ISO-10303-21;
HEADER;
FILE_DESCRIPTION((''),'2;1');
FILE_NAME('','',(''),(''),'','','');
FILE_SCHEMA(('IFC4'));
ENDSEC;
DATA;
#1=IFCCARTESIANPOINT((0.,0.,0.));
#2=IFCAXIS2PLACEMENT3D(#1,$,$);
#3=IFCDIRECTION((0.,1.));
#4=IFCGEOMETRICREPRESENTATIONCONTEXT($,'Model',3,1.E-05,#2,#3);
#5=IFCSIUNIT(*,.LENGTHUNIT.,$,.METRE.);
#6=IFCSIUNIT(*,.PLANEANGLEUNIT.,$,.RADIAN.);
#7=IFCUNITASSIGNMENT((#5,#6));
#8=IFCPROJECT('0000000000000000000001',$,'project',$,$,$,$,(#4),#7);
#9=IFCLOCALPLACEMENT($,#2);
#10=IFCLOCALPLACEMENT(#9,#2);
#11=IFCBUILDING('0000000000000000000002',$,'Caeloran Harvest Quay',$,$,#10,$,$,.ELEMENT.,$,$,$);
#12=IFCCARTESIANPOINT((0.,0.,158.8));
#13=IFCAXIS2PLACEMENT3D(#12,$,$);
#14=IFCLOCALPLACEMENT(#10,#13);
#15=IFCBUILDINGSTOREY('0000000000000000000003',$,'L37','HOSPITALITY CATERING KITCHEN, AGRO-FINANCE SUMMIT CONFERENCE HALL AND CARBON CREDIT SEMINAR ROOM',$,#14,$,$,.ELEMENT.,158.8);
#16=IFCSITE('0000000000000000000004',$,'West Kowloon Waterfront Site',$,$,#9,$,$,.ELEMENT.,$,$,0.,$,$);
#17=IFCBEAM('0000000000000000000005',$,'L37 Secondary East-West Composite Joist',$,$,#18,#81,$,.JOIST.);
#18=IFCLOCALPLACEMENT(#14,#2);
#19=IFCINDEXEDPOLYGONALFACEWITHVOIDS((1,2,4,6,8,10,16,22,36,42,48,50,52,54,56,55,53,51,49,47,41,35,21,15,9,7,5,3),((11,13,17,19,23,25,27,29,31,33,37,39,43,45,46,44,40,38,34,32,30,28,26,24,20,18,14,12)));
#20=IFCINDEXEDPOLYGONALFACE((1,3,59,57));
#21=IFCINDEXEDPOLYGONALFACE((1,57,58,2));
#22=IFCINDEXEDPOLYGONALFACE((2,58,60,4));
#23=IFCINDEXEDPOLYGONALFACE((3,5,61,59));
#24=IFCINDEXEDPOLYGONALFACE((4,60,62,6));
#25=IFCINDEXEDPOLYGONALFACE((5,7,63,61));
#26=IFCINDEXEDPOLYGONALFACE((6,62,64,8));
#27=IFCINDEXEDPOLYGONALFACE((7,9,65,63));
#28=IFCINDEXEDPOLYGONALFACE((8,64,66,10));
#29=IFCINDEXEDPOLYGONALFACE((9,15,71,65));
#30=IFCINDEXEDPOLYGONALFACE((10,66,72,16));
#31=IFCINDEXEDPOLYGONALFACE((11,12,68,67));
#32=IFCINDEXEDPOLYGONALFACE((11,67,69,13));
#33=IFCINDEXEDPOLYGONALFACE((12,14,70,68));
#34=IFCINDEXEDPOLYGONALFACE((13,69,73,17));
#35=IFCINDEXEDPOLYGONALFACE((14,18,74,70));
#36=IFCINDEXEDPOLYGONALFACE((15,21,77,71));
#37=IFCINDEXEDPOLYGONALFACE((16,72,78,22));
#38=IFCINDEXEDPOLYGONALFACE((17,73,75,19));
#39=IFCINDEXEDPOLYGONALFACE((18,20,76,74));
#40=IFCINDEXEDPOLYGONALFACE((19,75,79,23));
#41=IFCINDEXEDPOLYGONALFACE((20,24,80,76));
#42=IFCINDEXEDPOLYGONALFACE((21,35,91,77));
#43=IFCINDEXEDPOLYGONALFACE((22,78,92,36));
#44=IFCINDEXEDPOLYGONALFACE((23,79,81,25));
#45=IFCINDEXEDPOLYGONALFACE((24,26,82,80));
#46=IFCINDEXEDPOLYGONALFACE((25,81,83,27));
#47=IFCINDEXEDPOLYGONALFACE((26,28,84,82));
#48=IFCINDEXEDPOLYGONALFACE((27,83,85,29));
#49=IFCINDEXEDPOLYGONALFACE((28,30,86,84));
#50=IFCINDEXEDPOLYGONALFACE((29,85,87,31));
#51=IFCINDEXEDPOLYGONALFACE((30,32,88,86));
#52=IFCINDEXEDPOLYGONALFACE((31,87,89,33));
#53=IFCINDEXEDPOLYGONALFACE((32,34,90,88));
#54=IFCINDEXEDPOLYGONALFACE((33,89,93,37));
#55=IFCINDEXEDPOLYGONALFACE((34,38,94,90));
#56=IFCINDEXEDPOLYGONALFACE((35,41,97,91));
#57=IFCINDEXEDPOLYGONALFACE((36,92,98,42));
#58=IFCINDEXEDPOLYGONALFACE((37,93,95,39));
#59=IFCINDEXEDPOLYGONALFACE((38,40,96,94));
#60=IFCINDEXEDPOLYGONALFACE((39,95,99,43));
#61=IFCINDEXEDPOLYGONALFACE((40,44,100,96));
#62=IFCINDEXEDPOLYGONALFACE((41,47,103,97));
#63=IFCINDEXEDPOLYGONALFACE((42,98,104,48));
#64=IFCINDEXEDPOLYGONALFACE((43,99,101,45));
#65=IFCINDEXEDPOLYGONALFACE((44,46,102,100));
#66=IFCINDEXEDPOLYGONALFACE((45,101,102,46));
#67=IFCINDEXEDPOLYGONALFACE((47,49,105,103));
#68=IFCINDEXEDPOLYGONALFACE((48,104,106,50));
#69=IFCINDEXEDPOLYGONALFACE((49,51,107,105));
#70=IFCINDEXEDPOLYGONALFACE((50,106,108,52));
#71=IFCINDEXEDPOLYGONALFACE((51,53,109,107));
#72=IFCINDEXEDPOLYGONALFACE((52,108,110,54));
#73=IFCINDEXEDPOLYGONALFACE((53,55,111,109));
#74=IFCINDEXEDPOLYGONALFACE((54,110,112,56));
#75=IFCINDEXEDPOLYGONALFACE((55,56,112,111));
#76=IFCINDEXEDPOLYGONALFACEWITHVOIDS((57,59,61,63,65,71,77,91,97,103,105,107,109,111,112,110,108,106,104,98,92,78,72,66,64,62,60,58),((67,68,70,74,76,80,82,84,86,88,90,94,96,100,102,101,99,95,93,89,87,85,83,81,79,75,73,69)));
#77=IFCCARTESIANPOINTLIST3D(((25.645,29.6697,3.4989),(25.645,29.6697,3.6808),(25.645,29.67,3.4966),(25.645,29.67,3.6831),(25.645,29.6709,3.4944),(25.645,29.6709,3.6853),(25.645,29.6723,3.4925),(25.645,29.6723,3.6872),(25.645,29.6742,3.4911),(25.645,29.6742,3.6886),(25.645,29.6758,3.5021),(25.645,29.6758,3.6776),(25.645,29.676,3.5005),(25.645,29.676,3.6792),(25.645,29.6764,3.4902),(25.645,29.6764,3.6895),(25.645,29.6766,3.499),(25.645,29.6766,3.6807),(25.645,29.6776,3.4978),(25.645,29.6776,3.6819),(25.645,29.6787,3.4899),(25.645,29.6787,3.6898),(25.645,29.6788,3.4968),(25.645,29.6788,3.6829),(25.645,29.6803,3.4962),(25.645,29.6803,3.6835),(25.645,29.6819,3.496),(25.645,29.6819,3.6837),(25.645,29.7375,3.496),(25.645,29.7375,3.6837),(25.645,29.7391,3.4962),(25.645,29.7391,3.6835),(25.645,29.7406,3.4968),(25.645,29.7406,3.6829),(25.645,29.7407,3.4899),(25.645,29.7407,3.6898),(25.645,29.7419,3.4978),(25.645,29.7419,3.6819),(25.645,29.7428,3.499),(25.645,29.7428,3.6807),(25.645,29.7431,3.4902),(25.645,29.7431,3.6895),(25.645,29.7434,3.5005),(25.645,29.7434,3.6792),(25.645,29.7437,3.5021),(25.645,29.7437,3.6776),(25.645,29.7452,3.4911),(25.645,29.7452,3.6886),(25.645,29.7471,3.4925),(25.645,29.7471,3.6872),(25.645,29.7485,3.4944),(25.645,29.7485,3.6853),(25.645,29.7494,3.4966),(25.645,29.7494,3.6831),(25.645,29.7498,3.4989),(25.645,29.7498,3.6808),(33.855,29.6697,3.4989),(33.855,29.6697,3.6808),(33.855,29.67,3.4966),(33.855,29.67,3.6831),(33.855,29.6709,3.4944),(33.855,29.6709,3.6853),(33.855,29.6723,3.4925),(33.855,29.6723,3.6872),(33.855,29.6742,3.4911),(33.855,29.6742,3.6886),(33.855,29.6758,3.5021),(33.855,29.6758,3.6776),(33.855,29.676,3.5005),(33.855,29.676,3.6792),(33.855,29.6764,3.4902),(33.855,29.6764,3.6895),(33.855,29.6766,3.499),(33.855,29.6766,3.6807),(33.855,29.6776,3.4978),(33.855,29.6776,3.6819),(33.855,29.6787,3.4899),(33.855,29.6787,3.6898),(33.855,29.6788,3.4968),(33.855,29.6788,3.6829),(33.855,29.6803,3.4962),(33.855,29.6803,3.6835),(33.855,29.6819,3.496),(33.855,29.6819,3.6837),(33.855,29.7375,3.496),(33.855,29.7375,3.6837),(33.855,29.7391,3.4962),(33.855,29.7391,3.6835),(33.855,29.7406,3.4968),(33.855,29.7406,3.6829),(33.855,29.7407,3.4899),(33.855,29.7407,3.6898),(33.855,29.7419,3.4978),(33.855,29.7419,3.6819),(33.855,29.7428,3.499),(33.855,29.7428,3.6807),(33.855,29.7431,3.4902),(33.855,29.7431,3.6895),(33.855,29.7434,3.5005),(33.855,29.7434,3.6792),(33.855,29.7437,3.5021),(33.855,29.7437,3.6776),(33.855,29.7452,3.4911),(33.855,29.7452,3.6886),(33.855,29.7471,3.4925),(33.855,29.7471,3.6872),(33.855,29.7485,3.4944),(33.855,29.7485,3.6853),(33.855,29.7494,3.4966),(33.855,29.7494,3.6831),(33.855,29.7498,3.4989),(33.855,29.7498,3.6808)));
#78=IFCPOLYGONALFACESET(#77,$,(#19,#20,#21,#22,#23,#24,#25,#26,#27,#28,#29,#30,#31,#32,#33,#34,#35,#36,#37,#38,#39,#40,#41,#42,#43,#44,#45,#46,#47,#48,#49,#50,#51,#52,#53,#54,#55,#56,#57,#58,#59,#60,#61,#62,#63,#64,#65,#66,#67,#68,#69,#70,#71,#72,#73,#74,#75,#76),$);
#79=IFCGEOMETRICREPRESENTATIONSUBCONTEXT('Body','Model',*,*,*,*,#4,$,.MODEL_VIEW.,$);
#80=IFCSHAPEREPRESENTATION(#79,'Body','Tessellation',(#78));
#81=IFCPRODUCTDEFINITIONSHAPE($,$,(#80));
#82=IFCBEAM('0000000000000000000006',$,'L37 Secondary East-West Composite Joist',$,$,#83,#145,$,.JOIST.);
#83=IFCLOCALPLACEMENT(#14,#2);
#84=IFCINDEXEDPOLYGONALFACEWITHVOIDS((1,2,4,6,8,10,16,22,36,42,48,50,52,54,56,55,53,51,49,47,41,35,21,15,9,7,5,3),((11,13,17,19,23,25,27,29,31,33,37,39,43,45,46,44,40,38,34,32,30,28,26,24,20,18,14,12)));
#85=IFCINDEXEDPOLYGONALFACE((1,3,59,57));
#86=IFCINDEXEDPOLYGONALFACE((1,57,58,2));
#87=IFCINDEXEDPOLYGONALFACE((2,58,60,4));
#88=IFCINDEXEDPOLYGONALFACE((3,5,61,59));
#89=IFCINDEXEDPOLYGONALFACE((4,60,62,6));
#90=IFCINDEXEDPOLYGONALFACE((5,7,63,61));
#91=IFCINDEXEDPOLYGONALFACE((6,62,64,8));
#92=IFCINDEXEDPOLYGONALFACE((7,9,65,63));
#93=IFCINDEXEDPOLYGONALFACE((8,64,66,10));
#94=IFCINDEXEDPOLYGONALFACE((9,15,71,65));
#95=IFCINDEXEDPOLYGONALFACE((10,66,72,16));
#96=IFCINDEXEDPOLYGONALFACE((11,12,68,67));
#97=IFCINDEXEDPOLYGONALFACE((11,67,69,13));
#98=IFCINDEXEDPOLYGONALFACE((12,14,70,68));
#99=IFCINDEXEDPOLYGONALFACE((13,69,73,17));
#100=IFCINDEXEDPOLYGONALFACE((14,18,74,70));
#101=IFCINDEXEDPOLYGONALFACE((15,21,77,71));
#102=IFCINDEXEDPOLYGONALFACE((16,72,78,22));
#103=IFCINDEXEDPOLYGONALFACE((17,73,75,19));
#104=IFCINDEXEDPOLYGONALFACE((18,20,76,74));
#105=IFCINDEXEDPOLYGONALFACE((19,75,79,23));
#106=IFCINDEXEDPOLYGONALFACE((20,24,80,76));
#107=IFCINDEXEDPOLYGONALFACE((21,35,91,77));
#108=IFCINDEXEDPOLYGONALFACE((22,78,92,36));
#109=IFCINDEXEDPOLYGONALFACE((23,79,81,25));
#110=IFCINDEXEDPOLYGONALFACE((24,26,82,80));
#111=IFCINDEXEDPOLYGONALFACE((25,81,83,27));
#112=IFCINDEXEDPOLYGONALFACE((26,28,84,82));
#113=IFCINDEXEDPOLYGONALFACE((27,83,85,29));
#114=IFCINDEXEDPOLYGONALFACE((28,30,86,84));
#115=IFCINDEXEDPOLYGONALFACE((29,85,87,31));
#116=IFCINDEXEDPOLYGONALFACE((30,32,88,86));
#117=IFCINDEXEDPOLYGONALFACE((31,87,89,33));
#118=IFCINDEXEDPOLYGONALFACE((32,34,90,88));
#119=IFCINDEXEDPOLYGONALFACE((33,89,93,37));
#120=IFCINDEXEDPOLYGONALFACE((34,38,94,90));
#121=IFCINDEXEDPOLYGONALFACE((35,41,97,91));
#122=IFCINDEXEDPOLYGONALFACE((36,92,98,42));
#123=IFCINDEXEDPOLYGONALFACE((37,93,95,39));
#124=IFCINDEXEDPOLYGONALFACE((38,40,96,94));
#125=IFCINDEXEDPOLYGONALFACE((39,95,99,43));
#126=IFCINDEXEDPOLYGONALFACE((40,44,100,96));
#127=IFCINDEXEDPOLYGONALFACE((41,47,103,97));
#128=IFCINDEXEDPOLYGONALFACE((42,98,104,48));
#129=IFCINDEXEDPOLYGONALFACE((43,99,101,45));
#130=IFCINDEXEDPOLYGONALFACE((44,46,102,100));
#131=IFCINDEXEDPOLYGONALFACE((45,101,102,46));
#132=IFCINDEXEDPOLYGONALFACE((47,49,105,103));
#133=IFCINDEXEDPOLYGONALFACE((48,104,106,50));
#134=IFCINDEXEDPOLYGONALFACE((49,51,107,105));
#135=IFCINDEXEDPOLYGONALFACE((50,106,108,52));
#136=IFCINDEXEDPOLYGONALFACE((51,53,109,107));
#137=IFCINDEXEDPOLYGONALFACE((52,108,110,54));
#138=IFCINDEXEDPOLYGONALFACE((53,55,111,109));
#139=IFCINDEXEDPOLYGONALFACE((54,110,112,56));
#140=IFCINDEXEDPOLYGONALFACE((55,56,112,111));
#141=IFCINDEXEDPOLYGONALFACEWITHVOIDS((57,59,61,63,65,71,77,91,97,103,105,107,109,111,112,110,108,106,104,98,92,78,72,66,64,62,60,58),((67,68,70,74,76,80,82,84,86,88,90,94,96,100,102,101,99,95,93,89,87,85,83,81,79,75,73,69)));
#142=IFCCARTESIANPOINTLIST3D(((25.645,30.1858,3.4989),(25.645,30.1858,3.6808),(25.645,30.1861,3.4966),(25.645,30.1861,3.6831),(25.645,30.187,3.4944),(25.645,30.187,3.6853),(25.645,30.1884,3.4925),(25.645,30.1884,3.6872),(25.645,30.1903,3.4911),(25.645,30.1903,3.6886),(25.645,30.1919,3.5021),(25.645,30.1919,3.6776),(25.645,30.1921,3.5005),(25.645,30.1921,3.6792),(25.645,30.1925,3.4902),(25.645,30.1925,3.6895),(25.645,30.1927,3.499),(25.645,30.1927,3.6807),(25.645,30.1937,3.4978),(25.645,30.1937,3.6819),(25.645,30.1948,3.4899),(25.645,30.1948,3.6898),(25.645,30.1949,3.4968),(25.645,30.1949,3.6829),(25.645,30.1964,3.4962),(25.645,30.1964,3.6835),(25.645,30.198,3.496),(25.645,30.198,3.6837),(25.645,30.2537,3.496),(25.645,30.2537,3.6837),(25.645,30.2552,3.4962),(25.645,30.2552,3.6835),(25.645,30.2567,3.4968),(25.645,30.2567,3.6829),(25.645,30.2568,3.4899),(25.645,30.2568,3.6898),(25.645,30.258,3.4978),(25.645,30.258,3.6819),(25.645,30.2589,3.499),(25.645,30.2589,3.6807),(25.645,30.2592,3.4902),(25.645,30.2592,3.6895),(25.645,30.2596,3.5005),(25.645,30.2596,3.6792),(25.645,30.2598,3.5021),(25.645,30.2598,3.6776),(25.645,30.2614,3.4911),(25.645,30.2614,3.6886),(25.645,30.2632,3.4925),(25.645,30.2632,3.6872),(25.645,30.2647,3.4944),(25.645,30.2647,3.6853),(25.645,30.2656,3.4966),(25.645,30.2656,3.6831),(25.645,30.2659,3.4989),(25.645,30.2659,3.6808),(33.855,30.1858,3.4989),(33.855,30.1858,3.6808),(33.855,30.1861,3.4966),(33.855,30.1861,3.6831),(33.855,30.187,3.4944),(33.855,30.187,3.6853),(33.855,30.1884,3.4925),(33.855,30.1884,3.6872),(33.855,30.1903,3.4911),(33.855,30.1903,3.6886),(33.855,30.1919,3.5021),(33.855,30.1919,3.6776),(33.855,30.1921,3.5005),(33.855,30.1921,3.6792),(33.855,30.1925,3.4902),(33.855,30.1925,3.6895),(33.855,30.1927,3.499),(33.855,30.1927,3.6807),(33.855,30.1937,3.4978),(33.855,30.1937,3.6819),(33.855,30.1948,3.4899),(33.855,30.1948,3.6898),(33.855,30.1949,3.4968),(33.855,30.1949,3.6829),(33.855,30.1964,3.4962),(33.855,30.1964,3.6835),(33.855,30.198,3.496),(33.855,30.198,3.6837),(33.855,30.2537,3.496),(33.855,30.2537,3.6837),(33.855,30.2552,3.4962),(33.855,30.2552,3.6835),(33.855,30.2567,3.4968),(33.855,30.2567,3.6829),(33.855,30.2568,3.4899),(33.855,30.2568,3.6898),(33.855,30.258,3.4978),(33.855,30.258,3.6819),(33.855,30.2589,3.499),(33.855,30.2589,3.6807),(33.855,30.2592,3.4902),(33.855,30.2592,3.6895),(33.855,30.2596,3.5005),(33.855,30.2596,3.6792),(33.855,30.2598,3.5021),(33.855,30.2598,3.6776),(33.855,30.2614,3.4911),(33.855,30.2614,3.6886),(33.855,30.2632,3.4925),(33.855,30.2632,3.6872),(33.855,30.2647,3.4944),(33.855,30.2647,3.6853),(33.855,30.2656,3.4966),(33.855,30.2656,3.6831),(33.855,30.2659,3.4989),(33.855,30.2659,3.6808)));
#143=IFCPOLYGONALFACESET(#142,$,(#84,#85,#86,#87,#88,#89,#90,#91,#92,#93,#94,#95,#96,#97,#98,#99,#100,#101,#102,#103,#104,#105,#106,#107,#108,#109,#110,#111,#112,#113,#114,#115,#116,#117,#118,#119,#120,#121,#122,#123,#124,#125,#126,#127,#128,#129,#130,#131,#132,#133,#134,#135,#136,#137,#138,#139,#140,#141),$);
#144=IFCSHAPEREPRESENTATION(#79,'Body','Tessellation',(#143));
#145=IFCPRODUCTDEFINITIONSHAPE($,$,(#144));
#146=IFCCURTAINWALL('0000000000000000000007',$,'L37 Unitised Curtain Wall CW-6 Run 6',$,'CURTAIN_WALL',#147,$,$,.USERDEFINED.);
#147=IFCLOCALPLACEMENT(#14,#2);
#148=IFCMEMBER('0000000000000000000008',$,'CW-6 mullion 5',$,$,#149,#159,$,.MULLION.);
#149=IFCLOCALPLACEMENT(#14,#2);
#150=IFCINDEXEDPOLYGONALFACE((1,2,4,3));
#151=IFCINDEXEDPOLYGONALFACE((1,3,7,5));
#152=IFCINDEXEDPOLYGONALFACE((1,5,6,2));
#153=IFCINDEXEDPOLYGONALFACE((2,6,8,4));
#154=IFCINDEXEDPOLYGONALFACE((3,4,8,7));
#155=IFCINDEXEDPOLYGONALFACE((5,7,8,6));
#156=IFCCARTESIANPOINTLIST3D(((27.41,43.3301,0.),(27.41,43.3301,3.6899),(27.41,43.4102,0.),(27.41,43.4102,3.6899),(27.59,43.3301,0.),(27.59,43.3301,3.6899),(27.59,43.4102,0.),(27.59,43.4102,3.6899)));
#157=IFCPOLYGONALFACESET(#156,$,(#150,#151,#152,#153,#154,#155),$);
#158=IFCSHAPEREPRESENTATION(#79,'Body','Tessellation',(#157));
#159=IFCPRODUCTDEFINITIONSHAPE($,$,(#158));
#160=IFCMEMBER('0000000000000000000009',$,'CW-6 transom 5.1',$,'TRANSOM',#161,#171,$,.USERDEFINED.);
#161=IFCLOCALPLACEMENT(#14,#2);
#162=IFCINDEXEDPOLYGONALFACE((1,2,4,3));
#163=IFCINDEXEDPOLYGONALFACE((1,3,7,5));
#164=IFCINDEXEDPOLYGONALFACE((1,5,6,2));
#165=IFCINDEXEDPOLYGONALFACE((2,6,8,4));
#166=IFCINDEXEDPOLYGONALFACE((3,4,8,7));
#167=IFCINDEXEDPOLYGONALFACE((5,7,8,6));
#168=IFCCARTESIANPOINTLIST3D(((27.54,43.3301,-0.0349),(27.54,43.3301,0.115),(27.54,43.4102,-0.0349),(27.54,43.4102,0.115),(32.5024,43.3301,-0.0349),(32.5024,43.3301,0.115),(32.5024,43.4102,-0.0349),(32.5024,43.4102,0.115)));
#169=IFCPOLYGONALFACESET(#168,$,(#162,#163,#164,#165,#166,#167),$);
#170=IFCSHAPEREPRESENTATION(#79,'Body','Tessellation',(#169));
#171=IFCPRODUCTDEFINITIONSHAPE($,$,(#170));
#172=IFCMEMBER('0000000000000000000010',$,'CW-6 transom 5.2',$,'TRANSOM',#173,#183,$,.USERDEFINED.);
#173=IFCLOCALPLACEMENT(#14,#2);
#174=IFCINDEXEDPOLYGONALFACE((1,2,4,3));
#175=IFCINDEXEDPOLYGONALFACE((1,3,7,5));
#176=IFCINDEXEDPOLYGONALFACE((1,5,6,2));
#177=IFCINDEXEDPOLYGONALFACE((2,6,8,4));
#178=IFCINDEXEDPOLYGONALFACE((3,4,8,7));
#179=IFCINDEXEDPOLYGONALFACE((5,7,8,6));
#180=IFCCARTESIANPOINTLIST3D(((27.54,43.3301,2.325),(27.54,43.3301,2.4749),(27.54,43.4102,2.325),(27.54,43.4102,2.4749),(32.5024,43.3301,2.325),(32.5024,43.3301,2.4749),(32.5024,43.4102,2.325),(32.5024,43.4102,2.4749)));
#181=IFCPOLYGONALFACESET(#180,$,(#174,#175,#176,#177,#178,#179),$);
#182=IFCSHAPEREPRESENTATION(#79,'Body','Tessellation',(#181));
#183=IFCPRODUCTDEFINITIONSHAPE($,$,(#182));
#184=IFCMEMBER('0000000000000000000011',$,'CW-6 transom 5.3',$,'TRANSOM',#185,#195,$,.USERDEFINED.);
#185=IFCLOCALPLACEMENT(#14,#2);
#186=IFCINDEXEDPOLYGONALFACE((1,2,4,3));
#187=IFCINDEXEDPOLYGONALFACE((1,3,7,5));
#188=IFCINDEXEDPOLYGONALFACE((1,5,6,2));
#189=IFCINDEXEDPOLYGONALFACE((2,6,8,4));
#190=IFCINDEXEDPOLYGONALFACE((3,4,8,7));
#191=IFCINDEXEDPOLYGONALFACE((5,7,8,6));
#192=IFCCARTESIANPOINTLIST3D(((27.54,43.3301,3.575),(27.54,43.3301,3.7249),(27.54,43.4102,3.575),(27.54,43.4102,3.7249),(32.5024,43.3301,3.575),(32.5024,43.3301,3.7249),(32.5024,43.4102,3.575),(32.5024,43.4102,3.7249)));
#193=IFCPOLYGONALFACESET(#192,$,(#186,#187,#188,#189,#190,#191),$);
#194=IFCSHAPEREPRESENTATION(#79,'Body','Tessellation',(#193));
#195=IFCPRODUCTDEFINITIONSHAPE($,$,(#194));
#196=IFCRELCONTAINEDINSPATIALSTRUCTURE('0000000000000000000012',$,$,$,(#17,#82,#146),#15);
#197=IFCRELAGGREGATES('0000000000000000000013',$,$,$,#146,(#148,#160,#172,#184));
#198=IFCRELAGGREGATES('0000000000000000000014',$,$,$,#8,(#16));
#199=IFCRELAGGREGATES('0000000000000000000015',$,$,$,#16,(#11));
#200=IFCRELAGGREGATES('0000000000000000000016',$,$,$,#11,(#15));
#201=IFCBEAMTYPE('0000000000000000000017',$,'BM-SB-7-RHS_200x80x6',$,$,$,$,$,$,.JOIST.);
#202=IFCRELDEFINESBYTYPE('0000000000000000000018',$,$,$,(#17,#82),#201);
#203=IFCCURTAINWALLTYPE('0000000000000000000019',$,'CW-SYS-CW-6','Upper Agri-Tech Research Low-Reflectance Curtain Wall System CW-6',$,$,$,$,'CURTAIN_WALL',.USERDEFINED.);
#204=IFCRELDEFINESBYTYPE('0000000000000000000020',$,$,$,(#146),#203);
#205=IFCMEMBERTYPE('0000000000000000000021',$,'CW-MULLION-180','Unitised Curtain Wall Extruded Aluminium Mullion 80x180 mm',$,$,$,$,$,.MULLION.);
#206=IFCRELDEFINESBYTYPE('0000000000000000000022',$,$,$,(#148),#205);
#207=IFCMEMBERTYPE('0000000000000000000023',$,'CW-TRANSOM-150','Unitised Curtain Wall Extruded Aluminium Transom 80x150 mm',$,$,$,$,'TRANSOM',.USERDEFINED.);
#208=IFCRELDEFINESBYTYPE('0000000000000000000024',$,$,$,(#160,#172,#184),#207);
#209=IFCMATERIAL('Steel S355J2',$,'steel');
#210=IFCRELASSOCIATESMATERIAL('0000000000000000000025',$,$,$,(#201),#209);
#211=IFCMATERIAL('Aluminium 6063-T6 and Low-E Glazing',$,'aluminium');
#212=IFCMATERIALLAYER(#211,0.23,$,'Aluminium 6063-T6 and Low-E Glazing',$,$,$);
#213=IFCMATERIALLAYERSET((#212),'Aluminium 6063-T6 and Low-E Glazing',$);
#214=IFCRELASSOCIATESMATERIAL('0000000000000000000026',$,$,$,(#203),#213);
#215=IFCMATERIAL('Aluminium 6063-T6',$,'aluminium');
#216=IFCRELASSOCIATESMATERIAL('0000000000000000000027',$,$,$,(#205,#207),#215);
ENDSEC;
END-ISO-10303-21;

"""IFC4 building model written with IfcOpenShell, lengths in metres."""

from ifc_helpers import new_model, si_unit, direction, frame, origin, origin_2d, place, context, subcontext, project, spatial, rectangle, hollow_rectangle, extrude, material, layer, layer_set, material_profile, profile_set, type_object, element, aggregate, save


model = new_model("IFC4")

# Units and contexts
model_context = context("Model", 3, precision=1e-05, world=origin(), true_north=direction((0.0, 1.0)))
body_context = subcontext(model_context, "Body", "Model", "MODEL_VIEW")
ifc_project = project(units=[si_unit("LENGTHUNIT", "METRE"), si_unit("PLANEANGLEUNIT", "RADIAN")], contexts=[model_context])

# Site, building, storey
site_placement = place(None, origin())
site = spatial("IfcSite", under=ifc_project, at=site_placement, Name="West Kowloon Waterfront Site", CompositionType="ELEMENT", RefElevation=0.0)
building_placement = place(site_placement, origin())
building = spatial("IfcBuilding", under=site, at=building_placement, Name="Caeloran Harvest Quay", CompositionType="ELEMENT")
storey_placement = place(building_placement, frame((0.0, 0.0, 158.8)))
storey = spatial("IfcBuildingStorey", under=building, at=storey_placement, Name="L37", Description="HOSPITALITY CATERING KITCHEN, AGRO-FINANCE SUMMIT CONFERENCE HALL AND CARBON CREDIT SEMINAR ROOM", CompositionType="ELEMENT", Elevation=158.8)

# Beams
ifc_material_1 = material(Name="Steel S355J2", Category="steel")
ifc_material_profile_1 = material_profile(ifc_material_1, hollow_rectangle(XDim=0.0801, YDim=0.2, WallThickness=0.0061, InnerFilletRadius=0.0061, OuterFilletRadius=0.009, at=origin_2d()), Name="RHS 200x80x6")
ifc_profile_set_1 = profile_set([ifc_material_profile_1], Name="Steel S355J2")
beam_type_1 = type_object("IfcBeamType", Name="BM-SB-7-RHS_200x80x6", PredefinedType="JOIST", material=ifc_profile_set_1)
for number, where, z_axis, x_axis, name in (
    (1, (25.645, 29.7097, 3.5898), (1.0, 0.0, 0.0), (0.0, 1.0, 0.0), "L37 Secondary East-West Composite Joist"),
    (2, (25.645, 30.2258, 3.5898), (1.0, 0.0, 0.0), (0.0, 1.0, 0.0), "L37 Secondary East-West Composite Joist"),
):
    element("IfcBeam", number, at=place(storey_placement, frame(where, z_axis=z_axis, x_axis=x_axis)), inside=storey, type_object=beam_type_1, Name=name, PredefinedType="JOIST", context=body_context, shape_type="SweptSolid", body=[
        extrude(hollow_rectangle(XDim=0.0801, YDim=0.2, WallThickness=0.0061, InnerFilletRadius=0.0061, OuterFilletRadius=0.009, at=origin_2d()), origin(), (0.0, 0.0, 1.0), 8.21),
    ])

# Curtain wall, members
ifc_material_2 = material(Name="Aluminium 6063-T6 and Low-E Glazing", Category="aluminium")
ifc_layer_1 = layer(ifc_material_2, 0.23, Name="Aluminium 6063-T6 and Low-E Glazing")
ifc_layer_set_1 = layer_set([ifc_layer_1], Name="Aluminium 6063-T6 and Low-E Glazing")
curtain_wall_type = type_object("IfcCurtainWallType", Name="CW-SYS-CW-6", Description="Upper Agri-Tech Research Low-Reflectance Curtain Wall System CW-6", ElementType="CURTAIN_WALL", PredefinedType="USERDEFINED", material=ifc_layer_set_1)
curtain_wall_placement = place(storey_placement, origin())
curtain_wall = element("IfcCurtainWall", 3, at=curtain_wall_placement, inside=storey, type_object=curtain_wall_type, Name="L37 Unitised Curtain Wall CW-6 Run 6", ObjectType="CURTAIN_WALL", PredefinedType="USERDEFINED")
ifc_material_3 = material(Name="Aluminium 6063-T6", Category="aluminium")
ifc_material_profile_2 = material_profile(ifc_material_3, rectangle(XDim=0.0801, YDim=0.1799, at=origin_2d()), Name="CW-MULLION-180")
ifc_profile_set_2 = profile_set([ifc_material_profile_2], Name="Aluminium 6063-T6")
member_type_1 = type_object("IfcMemberType", Name="CW-MULLION-180", Description="Unitised Curtain Wall Extruded Aluminium Mullion 80x180 mm", PredefinedType="MULLION", material=ifc_profile_set_2)
member_1_placement = place(storey_placement, frame((27.5, 43.3701, 0.0), z_axis=(0.0, 0.0, 1.0), x_axis=(0.0, 1.0, 0.0)))
member_1 = element("IfcMember", 4, at=member_1_placement, type_object=member_type_1, Name="CW-6 mullion 5", PredefinedType="MULLION", context=body_context, shape_type="SweptSolid", body=[
    extrude(rectangle(XDim=0.0801, YDim=0.1799, at=origin_2d()), origin(), (0.0, 0.0, 1.0), 3.6899),
])
ifc_material_profile_3 = material_profile(ifc_material_3, rectangle(XDim=0.0801, YDim=0.1499, at=origin_2d()), Name="CW-TRANSOM-150")
ifc_profile_set_3 = profile_set([ifc_material_profile_3], Name="Aluminium 6063-T6")
member_type_2 = type_object("IfcMemberType", Name="CW-TRANSOM-150", Description="Unitised Curtain Wall Extruded Aluminium Transom 80x150 mm", ElementType="TRANSOM", PredefinedType="USERDEFINED", material=ifc_profile_set_3)
member_2_placement = place(storey_placement, frame((27.54, 43.3701, 0.04), z_axis=(1.0, 0.0, 0.0), x_axis=(0.0, 1.0, 0.0)))
member_2 = element("IfcMember", 5, at=member_2_placement, type_object=member_type_2, Name="CW-6 transom 5.1", ObjectType="TRANSOM", PredefinedType="USERDEFINED", context=body_context, shape_type="SweptSolid", body=[
    extrude(rectangle(XDim=0.0801, YDim=0.1499, at=origin_2d()), origin(), (0.0, 0.0, 1.0), 4.9624),
])
member_3_placement = place(storey_placement, frame((27.54, 43.3701, 2.3999), z_axis=(1.0, 0.0, 0.0), x_axis=(0.0, 1.0, 0.0)))
member_3 = element("IfcMember", 6, at=member_3_placement, type_object=member_type_2, Name="CW-6 transom 5.2", ObjectType="TRANSOM", PredefinedType="USERDEFINED", context=body_context, shape_type="SweptSolid", body=[
    extrude(rectangle(XDim=0.0801, YDim=0.1499, at=origin_2d()), origin(), (0.0, 0.0, 1.0), 4.9624),
])
member_4_placement = place(storey_placement, frame((27.54, 43.3701, 3.6499), z_axis=(1.0, 0.0, 0.0), x_axis=(0.0, 1.0, 0.0)))
member_4 = element("IfcMember", 7, at=member_4_placement, type_object=member_type_2, Name="CW-6 transom 5.3", ObjectType="TRANSOM", PredefinedType="USERDEFINED", context=body_context, shape_type="SweptSolid", body=[
    extrude(rectangle(XDim=0.0801, YDim=0.1499, at=origin_2d()), origin(), (0.0, 0.0, 1.0), 4.9624),
])
aggregate(curtain_wall, [member_1, member_2, member_3, member_4])

save(model, "model.ifc")
